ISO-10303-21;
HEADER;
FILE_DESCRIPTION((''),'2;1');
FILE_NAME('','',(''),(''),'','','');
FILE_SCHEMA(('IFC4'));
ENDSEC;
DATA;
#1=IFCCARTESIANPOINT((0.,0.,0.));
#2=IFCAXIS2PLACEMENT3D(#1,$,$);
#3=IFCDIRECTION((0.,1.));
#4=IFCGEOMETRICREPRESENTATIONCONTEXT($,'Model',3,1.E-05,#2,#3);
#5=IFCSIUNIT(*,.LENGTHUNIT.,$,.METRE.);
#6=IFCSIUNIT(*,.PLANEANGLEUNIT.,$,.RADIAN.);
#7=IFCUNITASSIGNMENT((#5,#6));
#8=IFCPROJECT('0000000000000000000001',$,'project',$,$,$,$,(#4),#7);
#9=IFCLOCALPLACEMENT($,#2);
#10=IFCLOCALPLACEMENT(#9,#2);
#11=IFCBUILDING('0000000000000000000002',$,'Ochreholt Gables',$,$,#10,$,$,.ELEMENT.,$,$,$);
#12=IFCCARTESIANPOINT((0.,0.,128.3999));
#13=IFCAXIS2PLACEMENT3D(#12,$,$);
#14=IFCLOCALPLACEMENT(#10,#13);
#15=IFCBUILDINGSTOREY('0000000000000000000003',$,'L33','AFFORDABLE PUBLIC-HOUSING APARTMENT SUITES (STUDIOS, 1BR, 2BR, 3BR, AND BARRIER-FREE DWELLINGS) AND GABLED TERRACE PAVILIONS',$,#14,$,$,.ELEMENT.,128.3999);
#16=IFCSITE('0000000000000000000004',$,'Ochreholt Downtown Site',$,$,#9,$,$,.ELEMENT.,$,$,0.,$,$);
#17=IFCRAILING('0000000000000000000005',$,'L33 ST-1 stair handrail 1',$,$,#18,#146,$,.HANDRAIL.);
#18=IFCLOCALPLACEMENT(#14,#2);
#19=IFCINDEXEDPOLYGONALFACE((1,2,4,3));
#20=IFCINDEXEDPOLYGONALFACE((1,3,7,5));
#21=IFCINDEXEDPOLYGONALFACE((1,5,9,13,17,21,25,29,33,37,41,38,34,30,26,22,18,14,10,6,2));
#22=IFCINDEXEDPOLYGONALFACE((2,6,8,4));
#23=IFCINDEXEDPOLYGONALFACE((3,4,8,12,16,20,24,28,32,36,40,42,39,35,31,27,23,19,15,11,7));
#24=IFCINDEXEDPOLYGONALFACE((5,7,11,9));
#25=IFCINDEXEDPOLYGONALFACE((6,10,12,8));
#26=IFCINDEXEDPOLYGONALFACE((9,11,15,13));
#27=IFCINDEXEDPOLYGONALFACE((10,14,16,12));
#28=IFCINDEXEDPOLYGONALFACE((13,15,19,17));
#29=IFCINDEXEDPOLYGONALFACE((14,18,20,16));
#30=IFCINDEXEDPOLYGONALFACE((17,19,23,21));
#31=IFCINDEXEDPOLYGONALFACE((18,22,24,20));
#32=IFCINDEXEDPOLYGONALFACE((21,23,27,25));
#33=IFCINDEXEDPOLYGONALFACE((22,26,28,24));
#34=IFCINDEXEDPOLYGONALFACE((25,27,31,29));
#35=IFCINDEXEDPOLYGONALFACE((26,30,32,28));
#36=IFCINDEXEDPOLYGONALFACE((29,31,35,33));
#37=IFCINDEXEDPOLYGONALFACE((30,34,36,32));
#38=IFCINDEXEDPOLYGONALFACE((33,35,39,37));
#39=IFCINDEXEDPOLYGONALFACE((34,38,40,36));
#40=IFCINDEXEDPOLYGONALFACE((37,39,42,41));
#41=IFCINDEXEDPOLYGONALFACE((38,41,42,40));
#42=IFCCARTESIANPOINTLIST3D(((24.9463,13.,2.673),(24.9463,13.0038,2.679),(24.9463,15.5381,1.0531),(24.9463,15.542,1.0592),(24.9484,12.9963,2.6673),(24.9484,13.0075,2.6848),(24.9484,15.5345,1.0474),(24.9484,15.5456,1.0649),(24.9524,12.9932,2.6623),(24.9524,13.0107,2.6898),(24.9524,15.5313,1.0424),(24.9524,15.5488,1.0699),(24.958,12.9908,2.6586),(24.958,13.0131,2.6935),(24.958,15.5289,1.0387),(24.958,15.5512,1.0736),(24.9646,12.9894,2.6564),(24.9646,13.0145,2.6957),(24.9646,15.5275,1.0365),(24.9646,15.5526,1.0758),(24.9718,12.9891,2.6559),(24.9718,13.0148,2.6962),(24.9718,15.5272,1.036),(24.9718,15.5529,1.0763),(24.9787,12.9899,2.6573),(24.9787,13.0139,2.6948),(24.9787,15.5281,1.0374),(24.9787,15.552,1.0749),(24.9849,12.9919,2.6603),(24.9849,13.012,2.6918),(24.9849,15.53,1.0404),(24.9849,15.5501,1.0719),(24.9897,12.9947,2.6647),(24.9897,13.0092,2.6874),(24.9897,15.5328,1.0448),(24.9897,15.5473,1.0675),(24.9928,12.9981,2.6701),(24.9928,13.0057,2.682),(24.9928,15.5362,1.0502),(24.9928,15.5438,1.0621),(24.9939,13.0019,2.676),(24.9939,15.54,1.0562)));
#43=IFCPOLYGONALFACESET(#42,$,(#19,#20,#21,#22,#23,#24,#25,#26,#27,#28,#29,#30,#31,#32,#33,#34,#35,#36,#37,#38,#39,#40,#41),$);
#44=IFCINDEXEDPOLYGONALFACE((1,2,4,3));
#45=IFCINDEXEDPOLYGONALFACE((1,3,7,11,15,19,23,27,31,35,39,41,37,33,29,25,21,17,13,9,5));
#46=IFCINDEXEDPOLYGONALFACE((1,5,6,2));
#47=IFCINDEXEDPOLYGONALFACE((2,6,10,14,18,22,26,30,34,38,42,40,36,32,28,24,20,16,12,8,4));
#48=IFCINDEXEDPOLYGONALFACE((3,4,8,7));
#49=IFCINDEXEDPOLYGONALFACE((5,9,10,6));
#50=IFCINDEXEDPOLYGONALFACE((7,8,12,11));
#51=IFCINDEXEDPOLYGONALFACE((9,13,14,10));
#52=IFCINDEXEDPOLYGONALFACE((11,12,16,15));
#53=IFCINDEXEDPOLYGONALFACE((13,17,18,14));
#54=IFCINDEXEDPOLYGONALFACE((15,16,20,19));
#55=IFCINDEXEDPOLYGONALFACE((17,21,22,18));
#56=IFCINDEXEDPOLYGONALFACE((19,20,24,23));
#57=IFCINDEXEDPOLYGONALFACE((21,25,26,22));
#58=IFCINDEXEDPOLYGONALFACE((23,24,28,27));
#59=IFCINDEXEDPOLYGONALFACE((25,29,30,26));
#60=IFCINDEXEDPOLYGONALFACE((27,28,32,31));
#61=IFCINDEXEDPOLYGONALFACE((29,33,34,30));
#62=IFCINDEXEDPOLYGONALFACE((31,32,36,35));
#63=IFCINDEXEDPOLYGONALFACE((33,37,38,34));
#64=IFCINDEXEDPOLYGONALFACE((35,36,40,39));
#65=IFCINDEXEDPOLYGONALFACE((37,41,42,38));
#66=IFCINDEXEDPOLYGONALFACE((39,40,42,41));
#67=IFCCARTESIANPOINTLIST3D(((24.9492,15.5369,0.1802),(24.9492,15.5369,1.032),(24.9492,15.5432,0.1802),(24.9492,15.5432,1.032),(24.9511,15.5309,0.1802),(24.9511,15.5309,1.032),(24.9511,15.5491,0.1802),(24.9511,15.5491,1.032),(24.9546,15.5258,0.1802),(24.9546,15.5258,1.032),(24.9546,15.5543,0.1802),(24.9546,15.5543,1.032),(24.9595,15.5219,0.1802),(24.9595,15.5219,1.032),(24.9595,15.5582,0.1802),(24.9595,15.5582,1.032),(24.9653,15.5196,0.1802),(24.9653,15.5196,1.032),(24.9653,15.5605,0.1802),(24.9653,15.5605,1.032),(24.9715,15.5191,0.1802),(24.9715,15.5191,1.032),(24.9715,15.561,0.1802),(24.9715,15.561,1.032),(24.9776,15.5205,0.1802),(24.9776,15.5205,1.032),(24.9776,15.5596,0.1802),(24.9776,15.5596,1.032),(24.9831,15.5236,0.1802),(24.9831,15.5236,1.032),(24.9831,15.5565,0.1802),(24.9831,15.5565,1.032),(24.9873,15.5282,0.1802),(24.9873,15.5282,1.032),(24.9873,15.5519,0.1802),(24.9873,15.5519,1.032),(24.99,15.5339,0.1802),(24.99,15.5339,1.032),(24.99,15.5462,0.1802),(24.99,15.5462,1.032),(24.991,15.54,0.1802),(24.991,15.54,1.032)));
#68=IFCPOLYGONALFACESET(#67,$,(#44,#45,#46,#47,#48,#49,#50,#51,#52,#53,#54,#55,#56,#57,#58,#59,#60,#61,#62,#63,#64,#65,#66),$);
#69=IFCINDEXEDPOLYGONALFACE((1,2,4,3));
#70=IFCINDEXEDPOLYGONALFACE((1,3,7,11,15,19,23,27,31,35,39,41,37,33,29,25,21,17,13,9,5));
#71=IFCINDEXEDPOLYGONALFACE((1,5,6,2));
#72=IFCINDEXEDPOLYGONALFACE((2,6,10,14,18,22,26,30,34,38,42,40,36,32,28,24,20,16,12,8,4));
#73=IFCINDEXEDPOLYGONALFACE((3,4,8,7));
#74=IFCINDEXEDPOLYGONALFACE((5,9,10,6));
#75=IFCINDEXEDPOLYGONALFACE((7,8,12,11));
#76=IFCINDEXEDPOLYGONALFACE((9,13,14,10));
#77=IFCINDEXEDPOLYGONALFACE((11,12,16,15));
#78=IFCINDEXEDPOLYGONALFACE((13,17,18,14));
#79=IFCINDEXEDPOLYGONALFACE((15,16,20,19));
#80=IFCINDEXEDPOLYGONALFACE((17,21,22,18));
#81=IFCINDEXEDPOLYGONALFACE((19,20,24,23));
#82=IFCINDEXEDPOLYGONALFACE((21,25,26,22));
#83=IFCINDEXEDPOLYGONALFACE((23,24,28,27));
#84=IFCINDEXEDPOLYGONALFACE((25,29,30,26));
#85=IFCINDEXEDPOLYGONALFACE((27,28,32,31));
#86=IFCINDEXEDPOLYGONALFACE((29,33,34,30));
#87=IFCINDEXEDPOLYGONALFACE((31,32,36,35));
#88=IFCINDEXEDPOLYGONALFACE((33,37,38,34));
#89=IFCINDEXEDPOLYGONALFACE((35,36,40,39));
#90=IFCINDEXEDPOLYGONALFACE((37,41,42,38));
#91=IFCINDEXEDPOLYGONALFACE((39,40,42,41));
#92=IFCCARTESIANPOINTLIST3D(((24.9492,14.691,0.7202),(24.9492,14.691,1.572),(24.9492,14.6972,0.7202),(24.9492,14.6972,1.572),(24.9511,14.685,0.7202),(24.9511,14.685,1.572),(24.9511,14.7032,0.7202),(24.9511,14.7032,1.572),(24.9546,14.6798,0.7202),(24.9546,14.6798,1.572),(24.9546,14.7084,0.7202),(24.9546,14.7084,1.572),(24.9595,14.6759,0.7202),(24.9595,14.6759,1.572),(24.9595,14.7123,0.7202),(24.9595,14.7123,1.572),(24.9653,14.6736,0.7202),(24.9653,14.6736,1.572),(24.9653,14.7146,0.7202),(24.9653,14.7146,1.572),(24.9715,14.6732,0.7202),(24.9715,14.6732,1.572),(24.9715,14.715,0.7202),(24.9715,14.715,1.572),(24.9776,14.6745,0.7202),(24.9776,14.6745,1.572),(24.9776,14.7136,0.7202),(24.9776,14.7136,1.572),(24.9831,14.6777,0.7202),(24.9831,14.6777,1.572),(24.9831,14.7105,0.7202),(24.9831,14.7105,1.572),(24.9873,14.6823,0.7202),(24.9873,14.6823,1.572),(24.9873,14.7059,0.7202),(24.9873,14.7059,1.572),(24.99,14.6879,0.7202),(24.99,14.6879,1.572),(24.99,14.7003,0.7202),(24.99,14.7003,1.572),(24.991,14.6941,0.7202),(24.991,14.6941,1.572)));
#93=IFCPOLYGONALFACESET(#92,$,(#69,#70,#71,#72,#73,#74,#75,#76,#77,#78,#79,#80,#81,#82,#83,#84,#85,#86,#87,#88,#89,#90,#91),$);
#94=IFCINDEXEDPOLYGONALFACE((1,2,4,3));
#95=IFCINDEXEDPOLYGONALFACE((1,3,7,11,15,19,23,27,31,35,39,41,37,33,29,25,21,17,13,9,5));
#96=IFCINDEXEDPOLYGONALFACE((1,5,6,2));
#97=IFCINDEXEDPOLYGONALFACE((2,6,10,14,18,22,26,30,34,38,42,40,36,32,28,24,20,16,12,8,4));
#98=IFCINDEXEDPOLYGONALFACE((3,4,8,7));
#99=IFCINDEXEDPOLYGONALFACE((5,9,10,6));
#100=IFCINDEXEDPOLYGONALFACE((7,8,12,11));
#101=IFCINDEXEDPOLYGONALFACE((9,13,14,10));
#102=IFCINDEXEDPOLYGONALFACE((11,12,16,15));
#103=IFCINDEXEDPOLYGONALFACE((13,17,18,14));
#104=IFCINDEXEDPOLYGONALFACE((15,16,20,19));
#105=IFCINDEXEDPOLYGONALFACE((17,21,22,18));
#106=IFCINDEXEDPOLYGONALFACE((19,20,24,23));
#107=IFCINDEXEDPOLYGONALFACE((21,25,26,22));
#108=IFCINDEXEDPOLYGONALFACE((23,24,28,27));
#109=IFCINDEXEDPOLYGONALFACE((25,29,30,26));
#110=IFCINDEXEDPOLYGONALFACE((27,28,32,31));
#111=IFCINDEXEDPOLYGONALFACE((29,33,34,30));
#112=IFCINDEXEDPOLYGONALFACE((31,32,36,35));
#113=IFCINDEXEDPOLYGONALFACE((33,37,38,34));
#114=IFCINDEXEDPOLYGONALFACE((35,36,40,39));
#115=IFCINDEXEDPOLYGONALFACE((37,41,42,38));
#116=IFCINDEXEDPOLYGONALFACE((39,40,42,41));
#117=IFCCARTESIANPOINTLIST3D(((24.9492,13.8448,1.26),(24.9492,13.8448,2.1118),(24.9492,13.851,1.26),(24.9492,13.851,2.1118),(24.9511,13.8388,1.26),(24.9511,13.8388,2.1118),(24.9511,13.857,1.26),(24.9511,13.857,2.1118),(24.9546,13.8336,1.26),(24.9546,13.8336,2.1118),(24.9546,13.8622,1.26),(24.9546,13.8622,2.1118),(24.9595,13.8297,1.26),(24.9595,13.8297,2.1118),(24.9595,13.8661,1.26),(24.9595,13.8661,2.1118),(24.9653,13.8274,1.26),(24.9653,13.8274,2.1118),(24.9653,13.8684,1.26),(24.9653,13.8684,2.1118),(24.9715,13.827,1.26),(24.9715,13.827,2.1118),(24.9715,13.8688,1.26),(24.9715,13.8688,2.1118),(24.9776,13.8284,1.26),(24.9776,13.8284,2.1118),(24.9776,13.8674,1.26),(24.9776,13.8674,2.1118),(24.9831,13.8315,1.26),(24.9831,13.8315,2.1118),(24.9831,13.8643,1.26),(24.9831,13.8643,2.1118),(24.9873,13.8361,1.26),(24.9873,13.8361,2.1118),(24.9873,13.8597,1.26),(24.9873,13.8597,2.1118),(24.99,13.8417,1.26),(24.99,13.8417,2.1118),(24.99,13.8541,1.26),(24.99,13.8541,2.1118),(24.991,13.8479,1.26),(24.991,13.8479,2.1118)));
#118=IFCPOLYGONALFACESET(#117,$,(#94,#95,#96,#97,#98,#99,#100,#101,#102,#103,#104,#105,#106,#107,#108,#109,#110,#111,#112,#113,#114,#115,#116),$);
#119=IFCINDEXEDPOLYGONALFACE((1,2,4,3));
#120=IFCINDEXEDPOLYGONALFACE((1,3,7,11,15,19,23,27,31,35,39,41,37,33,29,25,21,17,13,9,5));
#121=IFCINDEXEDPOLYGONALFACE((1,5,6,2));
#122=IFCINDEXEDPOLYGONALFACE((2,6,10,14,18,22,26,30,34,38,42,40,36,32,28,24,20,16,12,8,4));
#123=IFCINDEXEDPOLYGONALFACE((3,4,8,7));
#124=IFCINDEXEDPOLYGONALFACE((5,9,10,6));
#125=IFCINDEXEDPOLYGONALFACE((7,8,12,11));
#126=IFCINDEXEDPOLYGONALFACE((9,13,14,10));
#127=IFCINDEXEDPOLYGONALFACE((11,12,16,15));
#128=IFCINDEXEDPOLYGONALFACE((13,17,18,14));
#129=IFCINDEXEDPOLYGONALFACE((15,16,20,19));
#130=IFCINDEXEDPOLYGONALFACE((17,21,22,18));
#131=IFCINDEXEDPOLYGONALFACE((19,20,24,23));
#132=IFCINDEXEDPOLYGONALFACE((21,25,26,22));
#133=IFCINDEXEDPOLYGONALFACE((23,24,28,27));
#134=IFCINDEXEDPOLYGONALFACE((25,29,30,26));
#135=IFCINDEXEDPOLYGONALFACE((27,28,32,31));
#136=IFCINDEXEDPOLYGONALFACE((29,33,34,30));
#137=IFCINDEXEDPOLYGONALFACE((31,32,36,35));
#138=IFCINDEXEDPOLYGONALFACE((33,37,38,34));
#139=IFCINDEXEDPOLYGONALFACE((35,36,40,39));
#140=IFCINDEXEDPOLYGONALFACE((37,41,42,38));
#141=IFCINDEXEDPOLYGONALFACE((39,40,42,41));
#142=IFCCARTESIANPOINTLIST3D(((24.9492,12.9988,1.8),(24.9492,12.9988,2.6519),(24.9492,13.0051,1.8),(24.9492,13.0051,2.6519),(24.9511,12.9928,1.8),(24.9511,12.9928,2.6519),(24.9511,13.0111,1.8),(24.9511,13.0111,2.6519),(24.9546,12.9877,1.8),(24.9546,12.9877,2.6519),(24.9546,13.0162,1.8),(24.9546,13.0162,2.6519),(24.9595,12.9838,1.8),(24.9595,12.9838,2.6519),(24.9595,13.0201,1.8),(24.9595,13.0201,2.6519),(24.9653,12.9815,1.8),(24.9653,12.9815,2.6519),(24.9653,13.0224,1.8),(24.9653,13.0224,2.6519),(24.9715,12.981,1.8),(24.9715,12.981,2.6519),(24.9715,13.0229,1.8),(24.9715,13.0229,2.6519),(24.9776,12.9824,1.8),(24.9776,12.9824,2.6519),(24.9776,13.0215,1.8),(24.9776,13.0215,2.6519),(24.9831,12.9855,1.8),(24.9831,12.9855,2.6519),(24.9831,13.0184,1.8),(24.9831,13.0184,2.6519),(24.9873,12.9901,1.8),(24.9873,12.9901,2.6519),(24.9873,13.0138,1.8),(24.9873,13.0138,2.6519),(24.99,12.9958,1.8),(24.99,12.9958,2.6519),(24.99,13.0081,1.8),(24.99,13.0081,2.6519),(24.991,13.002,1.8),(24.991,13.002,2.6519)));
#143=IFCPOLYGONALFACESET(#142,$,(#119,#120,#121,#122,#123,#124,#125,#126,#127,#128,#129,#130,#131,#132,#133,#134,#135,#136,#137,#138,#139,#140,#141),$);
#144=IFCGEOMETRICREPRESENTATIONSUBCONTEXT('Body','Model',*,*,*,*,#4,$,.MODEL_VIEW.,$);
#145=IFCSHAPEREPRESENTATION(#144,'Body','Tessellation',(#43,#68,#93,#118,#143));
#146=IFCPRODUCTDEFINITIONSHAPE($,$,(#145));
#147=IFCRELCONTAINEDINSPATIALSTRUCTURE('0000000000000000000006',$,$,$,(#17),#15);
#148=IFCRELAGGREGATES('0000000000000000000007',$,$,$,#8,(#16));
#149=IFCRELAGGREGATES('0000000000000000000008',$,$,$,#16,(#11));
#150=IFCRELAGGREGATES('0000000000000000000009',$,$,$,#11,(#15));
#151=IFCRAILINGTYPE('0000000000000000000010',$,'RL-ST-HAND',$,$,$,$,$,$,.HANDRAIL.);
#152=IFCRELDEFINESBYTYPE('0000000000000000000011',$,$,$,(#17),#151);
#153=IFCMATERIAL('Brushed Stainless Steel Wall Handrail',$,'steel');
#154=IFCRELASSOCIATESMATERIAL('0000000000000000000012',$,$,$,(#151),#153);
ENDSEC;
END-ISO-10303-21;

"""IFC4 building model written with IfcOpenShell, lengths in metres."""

from ifc_helpers import new_model, si_unit, direction, frame, origin, origin_2d, place, context, subcontext, project, spatial, circle, extrude, material, type_object, element, save


model = new_model("IFC4")

# Units and contexts
model_context = context("Model", 3, precision=1e-05, world=origin(), true_north=direction((0.0, 1.0)))
body_context = subcontext(model_context, "Body", "Model", "MODEL_VIEW")
ifc_project = project(units=[si_unit("LENGTHUNIT", "METRE"), si_unit("PLANEANGLEUNIT", "RADIAN")], contexts=[model_context])

# Site, building, storey
site_placement = place(None, origin())
site = spatial("IfcSite", under=ifc_project, at=site_placement, Name="Ochreholt Downtown Site", CompositionType="ELEMENT", RefElevation=0.0)
building_placement = place(site_placement, origin())
building = spatial("IfcBuilding", under=site, at=building_placement, Name="Ochreholt Gables", CompositionType="ELEMENT")
storey_placement = place(building_placement, frame((0.0, 0.0, 128.3999)))
storey = spatial("IfcBuildingStorey", under=building, at=storey_placement, Name="L33", Description="AFFORDABLE PUBLIC-HOUSING APARTMENT SUITES (STUDIOS, 1BR, 2BR, 3BR, AND BARRIER-FREE DWELLINGS) AND GABLED TERRACE PAVILIONS", CompositionType="ELEMENT", Elevation=128.3999)

# Railing
ifc_material_1 = material(Name="Brushed Stainless Steel Wall Handrail", Category="steel")
railing_type_1 = type_object("IfcRailingType", Name="RL-ST-HAND", PredefinedType="HANDRAIL", material=ifc_material_1)
railing_1_placement = place(storey_placement, frame((24.97, 15.54, 0.1802)))
element("IfcRailing", 1, at=railing_1_placement, inside=storey, type_object=railing_type_1, Name="L33 ST-1 stair handrail 1", PredefinedType="HANDRAIL", context=body_context, shape_type="SweptSolid", body=[
    extrude(circle(Radius=0.0239, at=origin_2d()), frame((0.0, 0.0, 0.876), z_axis=(0.0, -0.84295, 0.537993), x_axis=(1.0, 0.0, 0.0)), (0.0, 0.0, 1.0), 3.011),
    extrude(circle(Radius=0.021, at=origin_2d()), origin(), (0.0, 0.0, 1.0), 0.8518),
    extrude(circle(Radius=0.021, at=origin_2d()), frame((0.0, -0.8459, 0.54)), (0.0, 0.0, 1.0), 0.8518),
    extrude(circle(Radius=0.021, at=origin_2d()), frame((0.0, -1.6921, 1.0798)), (0.0, 0.0, 1.0), 0.8518),
    extrude(circle(Radius=0.021, at=origin_2d()), frame((0.0, -2.5381, 1.6199)), (0.0, 0.0, 1.0), 0.8518),
])

save(model, "model.ifc")
